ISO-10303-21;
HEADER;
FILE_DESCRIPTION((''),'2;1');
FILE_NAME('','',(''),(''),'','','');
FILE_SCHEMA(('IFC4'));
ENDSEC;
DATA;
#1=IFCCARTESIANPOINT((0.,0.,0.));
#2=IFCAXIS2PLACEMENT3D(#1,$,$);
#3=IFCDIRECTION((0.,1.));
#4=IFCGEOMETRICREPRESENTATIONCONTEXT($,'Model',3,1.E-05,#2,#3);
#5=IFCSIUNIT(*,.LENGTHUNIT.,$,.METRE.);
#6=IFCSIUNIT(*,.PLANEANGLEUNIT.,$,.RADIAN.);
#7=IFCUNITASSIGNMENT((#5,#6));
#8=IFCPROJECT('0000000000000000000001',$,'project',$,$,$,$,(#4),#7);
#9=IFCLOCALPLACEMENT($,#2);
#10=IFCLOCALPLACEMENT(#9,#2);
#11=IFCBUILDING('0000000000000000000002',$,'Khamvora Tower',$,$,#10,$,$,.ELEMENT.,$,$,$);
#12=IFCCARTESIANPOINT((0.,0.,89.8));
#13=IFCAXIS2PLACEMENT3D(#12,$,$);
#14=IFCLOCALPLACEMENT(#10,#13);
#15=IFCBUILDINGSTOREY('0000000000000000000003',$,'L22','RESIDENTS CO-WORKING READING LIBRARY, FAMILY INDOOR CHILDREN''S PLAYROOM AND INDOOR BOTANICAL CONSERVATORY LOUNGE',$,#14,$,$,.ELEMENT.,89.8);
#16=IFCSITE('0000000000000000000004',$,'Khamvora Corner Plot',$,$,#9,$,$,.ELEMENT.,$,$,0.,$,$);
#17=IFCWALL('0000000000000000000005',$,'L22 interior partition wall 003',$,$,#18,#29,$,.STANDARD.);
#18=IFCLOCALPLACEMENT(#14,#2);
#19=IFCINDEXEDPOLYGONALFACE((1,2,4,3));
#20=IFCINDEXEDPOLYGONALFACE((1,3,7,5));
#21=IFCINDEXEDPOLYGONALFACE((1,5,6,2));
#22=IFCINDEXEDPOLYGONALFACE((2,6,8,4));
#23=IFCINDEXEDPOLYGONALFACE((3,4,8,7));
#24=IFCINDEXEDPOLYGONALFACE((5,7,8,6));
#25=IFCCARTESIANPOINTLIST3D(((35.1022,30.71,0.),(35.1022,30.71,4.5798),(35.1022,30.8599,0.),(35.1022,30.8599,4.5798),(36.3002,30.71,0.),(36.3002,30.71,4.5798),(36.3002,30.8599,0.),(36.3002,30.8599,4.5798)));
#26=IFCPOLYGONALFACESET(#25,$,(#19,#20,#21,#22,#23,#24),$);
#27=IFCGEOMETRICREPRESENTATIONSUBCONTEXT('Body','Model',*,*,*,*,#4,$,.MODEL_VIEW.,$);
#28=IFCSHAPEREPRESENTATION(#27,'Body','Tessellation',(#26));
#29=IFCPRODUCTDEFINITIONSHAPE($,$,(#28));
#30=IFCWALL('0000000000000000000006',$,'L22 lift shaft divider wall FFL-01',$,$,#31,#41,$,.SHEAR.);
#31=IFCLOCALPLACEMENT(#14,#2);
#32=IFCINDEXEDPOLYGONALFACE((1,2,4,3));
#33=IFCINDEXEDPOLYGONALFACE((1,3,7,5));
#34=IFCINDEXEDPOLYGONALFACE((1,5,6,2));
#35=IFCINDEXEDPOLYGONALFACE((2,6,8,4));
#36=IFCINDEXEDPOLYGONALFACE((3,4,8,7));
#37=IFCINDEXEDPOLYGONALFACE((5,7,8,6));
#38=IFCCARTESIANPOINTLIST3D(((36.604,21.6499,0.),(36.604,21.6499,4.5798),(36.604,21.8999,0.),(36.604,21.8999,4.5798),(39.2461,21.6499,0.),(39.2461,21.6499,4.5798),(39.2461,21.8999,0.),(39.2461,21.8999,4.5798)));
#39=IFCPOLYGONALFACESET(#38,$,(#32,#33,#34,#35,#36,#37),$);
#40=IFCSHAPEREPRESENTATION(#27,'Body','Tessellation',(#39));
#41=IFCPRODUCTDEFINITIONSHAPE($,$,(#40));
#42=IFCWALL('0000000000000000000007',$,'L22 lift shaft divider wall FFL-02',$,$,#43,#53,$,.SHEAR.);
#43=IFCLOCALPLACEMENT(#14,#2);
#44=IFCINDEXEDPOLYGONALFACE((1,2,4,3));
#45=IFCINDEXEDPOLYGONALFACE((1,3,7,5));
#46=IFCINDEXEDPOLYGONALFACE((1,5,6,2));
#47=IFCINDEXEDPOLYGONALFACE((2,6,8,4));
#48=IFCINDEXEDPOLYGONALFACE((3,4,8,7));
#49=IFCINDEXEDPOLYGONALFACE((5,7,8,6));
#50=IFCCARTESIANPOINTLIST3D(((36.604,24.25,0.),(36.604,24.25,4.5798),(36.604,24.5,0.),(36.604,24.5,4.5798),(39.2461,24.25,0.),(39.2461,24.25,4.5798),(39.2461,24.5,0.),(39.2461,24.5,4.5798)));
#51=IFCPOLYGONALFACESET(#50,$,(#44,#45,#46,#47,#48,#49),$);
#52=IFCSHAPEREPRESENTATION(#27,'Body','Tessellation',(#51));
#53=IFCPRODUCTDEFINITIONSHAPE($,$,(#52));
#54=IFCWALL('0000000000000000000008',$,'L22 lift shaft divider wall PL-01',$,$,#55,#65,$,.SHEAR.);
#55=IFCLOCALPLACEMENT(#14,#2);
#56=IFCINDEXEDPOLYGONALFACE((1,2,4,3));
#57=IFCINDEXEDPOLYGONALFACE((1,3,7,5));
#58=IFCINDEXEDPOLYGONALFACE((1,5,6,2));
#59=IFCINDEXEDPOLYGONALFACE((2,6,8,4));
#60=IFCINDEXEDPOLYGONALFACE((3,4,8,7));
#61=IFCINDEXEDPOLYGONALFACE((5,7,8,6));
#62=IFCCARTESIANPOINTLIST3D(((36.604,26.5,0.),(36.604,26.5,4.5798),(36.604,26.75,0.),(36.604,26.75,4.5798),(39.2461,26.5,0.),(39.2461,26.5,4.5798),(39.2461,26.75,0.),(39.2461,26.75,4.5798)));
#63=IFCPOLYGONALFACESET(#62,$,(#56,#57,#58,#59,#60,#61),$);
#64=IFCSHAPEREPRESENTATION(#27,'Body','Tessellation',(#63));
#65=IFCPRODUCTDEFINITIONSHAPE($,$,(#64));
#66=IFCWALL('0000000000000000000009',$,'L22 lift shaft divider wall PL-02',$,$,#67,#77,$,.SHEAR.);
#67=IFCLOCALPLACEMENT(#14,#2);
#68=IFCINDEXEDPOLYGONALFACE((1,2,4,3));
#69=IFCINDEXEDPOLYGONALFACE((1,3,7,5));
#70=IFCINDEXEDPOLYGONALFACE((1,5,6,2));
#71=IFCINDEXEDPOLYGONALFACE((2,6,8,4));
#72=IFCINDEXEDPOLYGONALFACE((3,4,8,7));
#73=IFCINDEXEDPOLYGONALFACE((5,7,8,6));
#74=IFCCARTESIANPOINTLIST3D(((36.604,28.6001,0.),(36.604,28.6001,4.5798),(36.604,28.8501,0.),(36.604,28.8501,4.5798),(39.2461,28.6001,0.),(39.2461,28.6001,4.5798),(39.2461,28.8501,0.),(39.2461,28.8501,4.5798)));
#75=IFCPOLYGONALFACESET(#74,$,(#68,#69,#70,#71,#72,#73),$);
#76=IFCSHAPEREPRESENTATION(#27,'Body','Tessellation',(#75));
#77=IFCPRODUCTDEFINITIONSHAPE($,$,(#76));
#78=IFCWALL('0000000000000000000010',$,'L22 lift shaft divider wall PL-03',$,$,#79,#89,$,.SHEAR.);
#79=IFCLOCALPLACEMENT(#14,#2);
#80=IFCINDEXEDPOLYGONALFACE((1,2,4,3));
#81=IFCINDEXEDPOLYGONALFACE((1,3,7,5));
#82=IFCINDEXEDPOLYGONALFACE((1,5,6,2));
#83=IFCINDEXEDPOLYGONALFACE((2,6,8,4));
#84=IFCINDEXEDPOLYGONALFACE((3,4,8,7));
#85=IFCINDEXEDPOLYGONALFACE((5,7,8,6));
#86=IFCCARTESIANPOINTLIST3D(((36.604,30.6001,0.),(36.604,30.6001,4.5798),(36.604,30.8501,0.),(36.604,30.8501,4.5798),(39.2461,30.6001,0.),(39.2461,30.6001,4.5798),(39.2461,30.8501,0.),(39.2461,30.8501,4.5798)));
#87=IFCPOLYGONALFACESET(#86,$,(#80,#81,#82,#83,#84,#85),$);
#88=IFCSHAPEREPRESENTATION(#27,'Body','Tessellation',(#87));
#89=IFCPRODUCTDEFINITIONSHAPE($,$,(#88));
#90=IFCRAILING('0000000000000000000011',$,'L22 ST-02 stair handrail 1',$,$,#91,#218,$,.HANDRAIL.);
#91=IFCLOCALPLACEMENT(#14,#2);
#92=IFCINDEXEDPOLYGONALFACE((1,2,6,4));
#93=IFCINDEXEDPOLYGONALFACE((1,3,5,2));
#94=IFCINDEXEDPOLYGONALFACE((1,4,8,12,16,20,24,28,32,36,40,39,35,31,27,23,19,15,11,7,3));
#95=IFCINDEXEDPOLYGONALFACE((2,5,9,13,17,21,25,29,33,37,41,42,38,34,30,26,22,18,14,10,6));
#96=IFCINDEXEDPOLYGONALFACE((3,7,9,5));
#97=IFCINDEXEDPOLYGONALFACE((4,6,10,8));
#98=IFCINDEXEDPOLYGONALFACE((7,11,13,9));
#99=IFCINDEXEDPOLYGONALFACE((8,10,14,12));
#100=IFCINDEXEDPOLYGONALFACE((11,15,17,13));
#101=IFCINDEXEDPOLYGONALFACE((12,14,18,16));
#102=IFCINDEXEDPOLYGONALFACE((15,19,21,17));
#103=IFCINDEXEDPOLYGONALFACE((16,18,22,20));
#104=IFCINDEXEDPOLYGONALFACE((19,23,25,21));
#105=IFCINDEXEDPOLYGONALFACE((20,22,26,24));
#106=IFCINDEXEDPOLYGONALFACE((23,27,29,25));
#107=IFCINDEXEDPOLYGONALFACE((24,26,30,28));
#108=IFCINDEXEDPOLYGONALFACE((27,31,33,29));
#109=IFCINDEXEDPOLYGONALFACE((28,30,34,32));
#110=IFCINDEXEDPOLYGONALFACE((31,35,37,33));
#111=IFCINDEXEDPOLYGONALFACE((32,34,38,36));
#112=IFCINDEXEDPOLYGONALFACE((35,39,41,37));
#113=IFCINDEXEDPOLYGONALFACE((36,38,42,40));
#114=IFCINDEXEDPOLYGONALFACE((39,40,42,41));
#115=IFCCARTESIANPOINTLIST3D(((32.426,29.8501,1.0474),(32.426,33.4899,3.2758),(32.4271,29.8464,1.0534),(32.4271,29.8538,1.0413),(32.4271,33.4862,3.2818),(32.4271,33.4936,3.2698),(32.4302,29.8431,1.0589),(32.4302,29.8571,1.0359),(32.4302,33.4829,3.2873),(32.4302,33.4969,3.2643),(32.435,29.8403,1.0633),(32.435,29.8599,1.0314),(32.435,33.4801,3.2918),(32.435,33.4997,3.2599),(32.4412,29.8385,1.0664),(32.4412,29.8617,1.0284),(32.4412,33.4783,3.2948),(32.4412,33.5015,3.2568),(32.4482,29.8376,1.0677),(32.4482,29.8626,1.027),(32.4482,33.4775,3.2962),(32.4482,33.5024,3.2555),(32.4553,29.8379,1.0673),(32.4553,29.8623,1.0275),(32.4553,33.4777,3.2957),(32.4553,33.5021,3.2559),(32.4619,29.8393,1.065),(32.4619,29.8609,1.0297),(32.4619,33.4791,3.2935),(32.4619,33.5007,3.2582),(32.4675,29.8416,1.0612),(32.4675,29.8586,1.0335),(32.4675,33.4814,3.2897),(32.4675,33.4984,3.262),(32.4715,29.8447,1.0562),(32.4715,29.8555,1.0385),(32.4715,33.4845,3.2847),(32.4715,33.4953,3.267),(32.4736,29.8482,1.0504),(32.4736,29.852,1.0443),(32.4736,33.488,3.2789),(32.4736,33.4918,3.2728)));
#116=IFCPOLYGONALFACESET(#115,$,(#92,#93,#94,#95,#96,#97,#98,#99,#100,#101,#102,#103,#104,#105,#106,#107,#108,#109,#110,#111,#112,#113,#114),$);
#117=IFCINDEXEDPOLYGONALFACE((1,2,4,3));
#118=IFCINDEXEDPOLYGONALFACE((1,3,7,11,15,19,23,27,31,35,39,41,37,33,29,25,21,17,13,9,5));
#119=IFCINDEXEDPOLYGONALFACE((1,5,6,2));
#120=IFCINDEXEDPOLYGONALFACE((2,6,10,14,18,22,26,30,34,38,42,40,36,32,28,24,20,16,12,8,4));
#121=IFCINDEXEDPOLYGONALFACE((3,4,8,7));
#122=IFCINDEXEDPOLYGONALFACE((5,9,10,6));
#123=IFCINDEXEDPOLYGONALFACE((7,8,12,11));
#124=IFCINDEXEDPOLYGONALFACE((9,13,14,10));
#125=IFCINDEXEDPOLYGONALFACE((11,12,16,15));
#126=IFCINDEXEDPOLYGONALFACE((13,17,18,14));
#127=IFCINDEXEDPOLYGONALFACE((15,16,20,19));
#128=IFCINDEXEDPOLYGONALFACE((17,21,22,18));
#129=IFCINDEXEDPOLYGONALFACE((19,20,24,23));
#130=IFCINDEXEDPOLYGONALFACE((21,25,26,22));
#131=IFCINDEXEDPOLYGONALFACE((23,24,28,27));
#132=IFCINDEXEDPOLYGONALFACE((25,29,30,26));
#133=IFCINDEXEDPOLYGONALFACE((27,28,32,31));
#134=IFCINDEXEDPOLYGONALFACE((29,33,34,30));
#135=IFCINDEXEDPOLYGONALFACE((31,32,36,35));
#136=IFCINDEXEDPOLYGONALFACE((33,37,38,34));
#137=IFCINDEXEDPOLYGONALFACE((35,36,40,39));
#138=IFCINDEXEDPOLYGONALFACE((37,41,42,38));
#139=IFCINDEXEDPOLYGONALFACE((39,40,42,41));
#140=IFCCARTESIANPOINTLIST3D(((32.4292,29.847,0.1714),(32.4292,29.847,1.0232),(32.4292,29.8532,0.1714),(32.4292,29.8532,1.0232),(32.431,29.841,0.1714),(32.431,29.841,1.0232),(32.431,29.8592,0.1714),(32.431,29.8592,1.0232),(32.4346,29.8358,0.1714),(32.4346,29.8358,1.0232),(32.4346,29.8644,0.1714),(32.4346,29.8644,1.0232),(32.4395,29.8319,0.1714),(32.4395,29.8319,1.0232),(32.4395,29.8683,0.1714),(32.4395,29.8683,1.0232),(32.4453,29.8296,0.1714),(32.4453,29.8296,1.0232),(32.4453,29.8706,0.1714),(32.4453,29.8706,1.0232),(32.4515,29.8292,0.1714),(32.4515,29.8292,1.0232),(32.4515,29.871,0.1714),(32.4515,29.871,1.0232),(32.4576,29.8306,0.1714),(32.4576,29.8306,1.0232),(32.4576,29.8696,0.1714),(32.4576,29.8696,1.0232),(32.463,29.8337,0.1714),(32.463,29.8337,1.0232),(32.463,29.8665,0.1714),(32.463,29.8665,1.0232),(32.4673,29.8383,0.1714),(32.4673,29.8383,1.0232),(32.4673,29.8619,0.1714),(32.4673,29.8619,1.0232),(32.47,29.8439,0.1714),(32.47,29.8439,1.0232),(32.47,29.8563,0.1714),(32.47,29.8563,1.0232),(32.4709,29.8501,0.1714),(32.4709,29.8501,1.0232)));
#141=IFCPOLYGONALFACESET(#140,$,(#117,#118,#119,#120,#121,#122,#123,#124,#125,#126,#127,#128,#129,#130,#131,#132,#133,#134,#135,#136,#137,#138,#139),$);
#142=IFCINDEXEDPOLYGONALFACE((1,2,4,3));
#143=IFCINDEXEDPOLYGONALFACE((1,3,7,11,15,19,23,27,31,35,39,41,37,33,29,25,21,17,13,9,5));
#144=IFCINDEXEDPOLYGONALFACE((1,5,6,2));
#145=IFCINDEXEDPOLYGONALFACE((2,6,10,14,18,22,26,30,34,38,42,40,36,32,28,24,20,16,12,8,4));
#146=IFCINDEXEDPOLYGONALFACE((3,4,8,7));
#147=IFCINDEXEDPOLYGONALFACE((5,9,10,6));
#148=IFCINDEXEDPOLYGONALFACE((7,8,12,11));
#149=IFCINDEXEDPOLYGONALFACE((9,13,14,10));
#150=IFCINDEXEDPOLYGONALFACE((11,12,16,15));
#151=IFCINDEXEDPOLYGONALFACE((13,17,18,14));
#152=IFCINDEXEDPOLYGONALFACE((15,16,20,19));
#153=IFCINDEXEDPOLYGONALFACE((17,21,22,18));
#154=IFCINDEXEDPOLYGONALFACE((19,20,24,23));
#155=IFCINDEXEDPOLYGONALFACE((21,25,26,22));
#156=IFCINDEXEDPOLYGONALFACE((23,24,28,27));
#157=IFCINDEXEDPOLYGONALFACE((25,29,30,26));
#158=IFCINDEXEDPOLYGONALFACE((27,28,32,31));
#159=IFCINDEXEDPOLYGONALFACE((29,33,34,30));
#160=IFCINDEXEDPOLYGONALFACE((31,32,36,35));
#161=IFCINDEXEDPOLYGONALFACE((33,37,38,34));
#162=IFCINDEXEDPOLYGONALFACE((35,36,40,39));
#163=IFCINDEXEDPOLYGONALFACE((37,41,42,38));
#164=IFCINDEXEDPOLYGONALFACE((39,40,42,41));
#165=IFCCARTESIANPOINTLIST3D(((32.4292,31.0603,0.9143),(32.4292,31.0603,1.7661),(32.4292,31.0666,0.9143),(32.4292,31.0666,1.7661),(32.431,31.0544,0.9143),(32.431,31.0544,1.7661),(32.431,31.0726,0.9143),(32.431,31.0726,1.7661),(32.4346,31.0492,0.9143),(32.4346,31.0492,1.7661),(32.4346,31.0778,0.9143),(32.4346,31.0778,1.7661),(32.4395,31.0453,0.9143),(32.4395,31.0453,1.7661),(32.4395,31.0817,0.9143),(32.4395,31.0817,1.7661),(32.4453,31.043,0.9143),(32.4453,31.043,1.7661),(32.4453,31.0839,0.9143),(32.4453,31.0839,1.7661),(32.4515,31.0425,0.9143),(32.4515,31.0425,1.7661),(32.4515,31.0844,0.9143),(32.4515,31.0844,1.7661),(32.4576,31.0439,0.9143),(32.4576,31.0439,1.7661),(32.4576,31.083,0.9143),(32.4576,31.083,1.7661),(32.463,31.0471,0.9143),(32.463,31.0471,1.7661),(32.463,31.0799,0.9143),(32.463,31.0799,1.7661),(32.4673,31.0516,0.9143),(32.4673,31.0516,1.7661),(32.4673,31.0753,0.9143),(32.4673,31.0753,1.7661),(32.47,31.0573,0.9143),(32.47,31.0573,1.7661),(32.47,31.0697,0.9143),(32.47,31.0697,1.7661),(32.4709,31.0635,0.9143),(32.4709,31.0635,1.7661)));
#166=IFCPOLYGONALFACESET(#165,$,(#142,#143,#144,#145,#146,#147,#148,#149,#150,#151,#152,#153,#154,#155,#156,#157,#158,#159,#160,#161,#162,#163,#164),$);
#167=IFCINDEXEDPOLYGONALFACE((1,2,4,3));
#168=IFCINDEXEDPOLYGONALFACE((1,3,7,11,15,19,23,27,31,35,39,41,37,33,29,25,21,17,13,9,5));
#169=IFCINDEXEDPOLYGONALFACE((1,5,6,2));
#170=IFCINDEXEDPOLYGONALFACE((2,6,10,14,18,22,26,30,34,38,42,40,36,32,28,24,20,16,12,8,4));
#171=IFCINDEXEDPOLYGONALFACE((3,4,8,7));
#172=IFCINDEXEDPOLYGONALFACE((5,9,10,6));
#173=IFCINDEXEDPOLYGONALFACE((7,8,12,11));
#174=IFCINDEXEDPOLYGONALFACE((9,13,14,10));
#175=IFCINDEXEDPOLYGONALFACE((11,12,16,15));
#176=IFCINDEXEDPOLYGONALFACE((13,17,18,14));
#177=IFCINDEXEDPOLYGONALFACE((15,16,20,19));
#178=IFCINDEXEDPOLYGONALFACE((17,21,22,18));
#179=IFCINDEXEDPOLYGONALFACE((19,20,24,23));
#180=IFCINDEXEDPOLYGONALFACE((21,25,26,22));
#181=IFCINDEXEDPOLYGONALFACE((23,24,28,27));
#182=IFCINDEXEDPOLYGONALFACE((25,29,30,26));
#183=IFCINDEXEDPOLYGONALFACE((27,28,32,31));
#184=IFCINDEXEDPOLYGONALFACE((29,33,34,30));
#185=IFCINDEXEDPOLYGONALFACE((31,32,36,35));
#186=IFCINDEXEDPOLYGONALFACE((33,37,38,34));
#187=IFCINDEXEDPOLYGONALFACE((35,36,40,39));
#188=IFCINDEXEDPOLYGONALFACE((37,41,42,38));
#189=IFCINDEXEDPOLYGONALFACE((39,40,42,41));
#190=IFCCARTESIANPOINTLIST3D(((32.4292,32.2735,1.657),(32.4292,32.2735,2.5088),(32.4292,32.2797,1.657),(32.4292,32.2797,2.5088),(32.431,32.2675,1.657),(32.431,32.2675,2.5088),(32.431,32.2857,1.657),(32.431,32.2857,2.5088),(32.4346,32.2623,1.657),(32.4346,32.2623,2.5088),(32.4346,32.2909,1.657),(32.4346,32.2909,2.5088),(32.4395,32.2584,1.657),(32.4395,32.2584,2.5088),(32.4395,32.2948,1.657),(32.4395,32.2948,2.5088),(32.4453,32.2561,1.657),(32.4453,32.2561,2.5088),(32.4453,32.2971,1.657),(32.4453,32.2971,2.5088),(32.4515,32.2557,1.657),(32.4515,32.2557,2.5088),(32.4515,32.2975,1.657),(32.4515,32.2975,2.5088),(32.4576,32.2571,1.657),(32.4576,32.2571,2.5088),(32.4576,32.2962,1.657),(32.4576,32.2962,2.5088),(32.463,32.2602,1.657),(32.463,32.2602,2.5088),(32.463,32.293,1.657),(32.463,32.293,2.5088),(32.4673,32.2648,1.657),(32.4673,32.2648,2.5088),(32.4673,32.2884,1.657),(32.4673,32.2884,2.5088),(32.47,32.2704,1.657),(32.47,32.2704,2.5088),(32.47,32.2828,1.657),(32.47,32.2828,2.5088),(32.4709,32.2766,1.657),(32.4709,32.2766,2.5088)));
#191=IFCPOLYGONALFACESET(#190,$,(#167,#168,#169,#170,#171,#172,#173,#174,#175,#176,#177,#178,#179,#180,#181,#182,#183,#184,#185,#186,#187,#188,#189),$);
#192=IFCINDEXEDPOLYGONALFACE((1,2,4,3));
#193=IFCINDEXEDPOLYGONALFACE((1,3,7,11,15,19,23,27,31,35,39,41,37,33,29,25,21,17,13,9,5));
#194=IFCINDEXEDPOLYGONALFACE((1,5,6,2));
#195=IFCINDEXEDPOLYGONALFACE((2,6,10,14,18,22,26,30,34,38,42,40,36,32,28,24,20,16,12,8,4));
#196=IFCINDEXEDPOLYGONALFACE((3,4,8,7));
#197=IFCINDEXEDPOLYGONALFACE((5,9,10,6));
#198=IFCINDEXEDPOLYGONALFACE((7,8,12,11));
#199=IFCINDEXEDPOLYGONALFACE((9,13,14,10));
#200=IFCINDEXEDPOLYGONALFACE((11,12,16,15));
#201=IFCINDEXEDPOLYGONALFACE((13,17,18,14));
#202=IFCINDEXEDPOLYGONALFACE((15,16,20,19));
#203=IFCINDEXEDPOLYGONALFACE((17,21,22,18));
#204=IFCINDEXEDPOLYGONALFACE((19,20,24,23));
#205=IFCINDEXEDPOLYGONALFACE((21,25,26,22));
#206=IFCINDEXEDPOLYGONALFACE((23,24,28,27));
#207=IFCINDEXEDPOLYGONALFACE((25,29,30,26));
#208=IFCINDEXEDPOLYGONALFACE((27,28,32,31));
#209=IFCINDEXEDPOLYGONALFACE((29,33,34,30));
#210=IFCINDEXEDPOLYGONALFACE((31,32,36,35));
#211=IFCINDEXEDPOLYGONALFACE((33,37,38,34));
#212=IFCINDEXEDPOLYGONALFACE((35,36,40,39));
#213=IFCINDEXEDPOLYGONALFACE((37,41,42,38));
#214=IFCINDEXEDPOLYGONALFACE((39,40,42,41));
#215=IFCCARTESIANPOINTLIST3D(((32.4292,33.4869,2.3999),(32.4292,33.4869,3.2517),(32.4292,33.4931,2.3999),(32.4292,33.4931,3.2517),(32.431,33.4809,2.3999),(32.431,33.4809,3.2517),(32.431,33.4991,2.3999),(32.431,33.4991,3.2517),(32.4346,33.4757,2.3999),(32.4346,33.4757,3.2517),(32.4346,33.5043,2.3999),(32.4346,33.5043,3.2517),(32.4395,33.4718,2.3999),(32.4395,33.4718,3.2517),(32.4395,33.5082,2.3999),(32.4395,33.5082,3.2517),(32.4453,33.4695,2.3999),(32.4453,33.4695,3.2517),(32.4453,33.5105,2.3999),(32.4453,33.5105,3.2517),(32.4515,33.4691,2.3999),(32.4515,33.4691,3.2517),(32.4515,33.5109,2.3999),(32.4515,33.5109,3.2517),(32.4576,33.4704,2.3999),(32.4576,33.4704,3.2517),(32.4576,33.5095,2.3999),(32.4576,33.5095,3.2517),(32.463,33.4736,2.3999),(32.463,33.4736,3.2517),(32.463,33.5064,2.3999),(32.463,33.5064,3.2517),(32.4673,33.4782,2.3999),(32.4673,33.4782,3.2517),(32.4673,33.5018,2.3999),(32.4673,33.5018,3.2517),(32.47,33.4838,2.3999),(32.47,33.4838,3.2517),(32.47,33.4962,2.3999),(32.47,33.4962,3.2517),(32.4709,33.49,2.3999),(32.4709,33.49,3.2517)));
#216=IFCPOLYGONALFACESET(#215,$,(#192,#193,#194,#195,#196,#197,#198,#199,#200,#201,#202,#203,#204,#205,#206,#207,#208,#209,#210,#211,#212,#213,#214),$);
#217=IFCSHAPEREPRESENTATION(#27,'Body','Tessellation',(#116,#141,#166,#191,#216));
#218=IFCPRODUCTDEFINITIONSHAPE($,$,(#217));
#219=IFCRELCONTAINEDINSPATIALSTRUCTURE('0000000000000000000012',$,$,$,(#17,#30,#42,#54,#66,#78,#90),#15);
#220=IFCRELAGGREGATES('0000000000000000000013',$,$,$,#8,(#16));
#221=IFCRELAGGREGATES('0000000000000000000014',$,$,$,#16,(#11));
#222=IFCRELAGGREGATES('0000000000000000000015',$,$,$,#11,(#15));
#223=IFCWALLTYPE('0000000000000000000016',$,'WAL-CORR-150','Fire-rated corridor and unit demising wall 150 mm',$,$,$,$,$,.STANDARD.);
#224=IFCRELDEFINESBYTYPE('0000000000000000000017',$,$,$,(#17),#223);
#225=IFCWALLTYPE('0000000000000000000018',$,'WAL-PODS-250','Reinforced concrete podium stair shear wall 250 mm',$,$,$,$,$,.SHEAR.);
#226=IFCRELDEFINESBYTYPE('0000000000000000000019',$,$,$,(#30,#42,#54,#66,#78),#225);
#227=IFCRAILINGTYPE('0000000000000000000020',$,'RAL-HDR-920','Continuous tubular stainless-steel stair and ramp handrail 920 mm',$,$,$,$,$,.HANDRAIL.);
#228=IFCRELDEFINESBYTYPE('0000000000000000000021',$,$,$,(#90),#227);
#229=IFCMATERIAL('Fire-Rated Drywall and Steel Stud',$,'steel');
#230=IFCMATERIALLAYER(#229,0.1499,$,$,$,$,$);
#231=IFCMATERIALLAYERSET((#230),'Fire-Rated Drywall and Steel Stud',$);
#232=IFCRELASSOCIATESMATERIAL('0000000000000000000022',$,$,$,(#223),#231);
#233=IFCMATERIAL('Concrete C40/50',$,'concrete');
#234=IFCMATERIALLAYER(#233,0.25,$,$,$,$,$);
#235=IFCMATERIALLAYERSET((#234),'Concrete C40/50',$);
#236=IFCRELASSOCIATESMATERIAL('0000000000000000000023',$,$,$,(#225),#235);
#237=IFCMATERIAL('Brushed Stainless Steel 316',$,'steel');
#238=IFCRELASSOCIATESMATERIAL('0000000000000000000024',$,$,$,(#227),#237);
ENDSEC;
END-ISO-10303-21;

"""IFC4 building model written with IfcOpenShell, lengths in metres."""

from ifc_helpers import new_model, si_unit, direction, frame, frame_2d, origin, origin_2d, place, context, subcontext, project, spatial, rectangle, circle, extrude, material, layer, layer_set, type_object, element, save


model = new_model("IFC4")

# Units and contexts
model_context = context("Model", 3, precision=1e-05, world=origin(), true_north=direction((0.0, 1.0)))
body_context = subcontext(model_context, "Body", "Model", "MODEL_VIEW")
ifc_project = project(units=[si_unit("LENGTHUNIT", "METRE"), si_unit("PLANEANGLEUNIT", "RADIAN")], contexts=[model_context])

# Site, building, storey
site_placement = place(None, origin())
site = spatial("IfcSite", under=ifc_project, at=site_placement, Name="Khamvora Corner Plot", CompositionType="ELEMENT", RefElevation=0.0)
building_placement = place(site_placement, origin())
building = spatial("IfcBuilding", under=site, at=building_placement, Name="Khamvora Tower", CompositionType="ELEMENT")
storey_placement = place(building_placement, frame((0.0, 0.0, 89.8)))
storey = spatial("IfcBuildingStorey", under=building, at=storey_placement, Name="L22", Description="RESIDENTS CO-WORKING READING LIBRARY, FAMILY INDOOR CHILDREN'S PLAYROOM AND INDOOR BOTANICAL CONSERVATORY LOUNGE", CompositionType="ELEMENT", Elevation=89.8)

# Walls
ifc_material_1 = material(Name="Fire-Rated Drywall and Steel Stud", Category="steel")
ifc_layer_1 = layer(ifc_material_1, 0.1499)
ifc_layer_set_1 = layer_set([ifc_layer_1], Name="Fire-Rated Drywall and Steel Stud")
wall_type_1 = type_object("IfcWallType", Name="WAL-CORR-150", Description="Fire-rated corridor and unit demising wall 150 mm", PredefinedType="STANDARD", material=ifc_layer_set_1)
wall_1_placement = place(storey_placement, frame((35.1021, 30.7849, 0.0), z_axis=(0.0, 0.0, 1.0), x_axis=(1.0, 0.0, 0.0)))
element("IfcWall", 1, at=wall_1_placement, inside=storey, type_object=wall_type_1, Name="L22 interior partition wall 003", PredefinedType="STANDARD", context=body_context, shape_type="SweptSolid", body=[
    extrude(rectangle(XDim=1.198, YDim=0.1499, at=frame_2d((0.5991, 0.0))), origin(), (0.0, 0.0, 1.0), 4.5798),
])
ifc_material_2 = material(Name="Concrete C40/50", Category="concrete")
ifc_layer_2 = layer(ifc_material_2, 0.25)
ifc_layer_set_2 = layer_set([ifc_layer_2], Name="Concrete C40/50")
wall_type_2 = type_object("IfcWallType", Name="WAL-PODS-250", Description="Reinforced concrete podium stair shear wall 250 mm", PredefinedType="SHEAR", material=ifc_layer_set_2)
for number, where, z_axis, x_axis, name in (
    (2, (36.604, 21.7749, 0.0), (0.0, 0.0, 1.0), (1.0, 0.0, 0.0), "L22 lift shaft divider wall FFL-01"),
    (3, (36.604, 24.375, 0.0), (0.0, 0.0, 1.0), (1.0, 0.0, 0.0), "L22 lift shaft divider wall FFL-02"),
    (4, (36.604, 26.625, 0.0), (0.0, 0.0, 1.0), (1.0, 0.0, 0.0), "L22 lift shaft divider wall PL-01"),
    (5, (36.604, 28.7251, 0.0), (0.0, 0.0, 1.0), (1.0, 0.0, 0.0), "L22 lift shaft divider wall PL-02"),
    (6, (36.604, 30.7251, 0.0), (0.0, 0.0, 1.0), (1.0, 0.0, 0.0), "L22 lift shaft divider wall PL-03"),
):
    element("IfcWall", number, at=place(storey_placement, frame(where, z_axis=z_axis, x_axis=x_axis)), inside=storey, type_object=wall_type_2, Name=name, PredefinedType="SHEAR", context=body_context, shape_type="SweptSolid", body=[
        extrude(rectangle(XDim=2.6421, YDim=0.25, at=frame_2d((1.321, 0.0))), origin(), (0.0, 0.0, 1.0), 4.5798),
    ])

# Railing
ifc_material_3 = material(Name="Brushed Stainless Steel 316", Category="steel")
railing_type = type_object("IfcRailingType", Name="RAL-HDR-920", Description="Continuous tubular stainless-steel stair and ramp handrail 920 mm", PredefinedType="HANDRAIL", material=ifc_material_3)
railing_placement = place(storey_placement, frame((32.45, 29.8501, 0.1714)))
element("IfcRailing", 7, at=railing_placement, inside=storey, type_object=railing_type, Name="L22 ST-02 stair handrail 1", PredefinedType="HANDRAIL", context=body_context, shape_type="SweptSolid", body=[
    extrude(circle(Radius=0.0239, at=origin_2d()), frame((0.0, 0.0, 0.876), z_axis=(0.0, 0.85285, 0.522156), x_axis=(-1.0, 0.0, 0.0)), (0.0, 0.0, 1.0), 4.2678),
    extrude(circle(Radius=0.021, at=origin_2d()), origin(), (0.0, 0.0, 1.0), 0.8518),
    extrude(circle(Radius=0.021, at=origin_2d()), frame((0.0, 1.2134, 0.7429)), (0.0, 0.0, 1.0), 0.8518),
    extrude(circle(Radius=0.021, at=origin_2d()), frame((0.0, 2.4265, 1.4856)), (0.0, 0.0, 1.0), 0.8518),
    extrude(circle(Radius=0.021, at=origin_2d()), frame((0.0, 3.6399, 2.2285)), (0.0, 0.0, 1.0), 0.8518),
])

save(model, "model.ifc")
